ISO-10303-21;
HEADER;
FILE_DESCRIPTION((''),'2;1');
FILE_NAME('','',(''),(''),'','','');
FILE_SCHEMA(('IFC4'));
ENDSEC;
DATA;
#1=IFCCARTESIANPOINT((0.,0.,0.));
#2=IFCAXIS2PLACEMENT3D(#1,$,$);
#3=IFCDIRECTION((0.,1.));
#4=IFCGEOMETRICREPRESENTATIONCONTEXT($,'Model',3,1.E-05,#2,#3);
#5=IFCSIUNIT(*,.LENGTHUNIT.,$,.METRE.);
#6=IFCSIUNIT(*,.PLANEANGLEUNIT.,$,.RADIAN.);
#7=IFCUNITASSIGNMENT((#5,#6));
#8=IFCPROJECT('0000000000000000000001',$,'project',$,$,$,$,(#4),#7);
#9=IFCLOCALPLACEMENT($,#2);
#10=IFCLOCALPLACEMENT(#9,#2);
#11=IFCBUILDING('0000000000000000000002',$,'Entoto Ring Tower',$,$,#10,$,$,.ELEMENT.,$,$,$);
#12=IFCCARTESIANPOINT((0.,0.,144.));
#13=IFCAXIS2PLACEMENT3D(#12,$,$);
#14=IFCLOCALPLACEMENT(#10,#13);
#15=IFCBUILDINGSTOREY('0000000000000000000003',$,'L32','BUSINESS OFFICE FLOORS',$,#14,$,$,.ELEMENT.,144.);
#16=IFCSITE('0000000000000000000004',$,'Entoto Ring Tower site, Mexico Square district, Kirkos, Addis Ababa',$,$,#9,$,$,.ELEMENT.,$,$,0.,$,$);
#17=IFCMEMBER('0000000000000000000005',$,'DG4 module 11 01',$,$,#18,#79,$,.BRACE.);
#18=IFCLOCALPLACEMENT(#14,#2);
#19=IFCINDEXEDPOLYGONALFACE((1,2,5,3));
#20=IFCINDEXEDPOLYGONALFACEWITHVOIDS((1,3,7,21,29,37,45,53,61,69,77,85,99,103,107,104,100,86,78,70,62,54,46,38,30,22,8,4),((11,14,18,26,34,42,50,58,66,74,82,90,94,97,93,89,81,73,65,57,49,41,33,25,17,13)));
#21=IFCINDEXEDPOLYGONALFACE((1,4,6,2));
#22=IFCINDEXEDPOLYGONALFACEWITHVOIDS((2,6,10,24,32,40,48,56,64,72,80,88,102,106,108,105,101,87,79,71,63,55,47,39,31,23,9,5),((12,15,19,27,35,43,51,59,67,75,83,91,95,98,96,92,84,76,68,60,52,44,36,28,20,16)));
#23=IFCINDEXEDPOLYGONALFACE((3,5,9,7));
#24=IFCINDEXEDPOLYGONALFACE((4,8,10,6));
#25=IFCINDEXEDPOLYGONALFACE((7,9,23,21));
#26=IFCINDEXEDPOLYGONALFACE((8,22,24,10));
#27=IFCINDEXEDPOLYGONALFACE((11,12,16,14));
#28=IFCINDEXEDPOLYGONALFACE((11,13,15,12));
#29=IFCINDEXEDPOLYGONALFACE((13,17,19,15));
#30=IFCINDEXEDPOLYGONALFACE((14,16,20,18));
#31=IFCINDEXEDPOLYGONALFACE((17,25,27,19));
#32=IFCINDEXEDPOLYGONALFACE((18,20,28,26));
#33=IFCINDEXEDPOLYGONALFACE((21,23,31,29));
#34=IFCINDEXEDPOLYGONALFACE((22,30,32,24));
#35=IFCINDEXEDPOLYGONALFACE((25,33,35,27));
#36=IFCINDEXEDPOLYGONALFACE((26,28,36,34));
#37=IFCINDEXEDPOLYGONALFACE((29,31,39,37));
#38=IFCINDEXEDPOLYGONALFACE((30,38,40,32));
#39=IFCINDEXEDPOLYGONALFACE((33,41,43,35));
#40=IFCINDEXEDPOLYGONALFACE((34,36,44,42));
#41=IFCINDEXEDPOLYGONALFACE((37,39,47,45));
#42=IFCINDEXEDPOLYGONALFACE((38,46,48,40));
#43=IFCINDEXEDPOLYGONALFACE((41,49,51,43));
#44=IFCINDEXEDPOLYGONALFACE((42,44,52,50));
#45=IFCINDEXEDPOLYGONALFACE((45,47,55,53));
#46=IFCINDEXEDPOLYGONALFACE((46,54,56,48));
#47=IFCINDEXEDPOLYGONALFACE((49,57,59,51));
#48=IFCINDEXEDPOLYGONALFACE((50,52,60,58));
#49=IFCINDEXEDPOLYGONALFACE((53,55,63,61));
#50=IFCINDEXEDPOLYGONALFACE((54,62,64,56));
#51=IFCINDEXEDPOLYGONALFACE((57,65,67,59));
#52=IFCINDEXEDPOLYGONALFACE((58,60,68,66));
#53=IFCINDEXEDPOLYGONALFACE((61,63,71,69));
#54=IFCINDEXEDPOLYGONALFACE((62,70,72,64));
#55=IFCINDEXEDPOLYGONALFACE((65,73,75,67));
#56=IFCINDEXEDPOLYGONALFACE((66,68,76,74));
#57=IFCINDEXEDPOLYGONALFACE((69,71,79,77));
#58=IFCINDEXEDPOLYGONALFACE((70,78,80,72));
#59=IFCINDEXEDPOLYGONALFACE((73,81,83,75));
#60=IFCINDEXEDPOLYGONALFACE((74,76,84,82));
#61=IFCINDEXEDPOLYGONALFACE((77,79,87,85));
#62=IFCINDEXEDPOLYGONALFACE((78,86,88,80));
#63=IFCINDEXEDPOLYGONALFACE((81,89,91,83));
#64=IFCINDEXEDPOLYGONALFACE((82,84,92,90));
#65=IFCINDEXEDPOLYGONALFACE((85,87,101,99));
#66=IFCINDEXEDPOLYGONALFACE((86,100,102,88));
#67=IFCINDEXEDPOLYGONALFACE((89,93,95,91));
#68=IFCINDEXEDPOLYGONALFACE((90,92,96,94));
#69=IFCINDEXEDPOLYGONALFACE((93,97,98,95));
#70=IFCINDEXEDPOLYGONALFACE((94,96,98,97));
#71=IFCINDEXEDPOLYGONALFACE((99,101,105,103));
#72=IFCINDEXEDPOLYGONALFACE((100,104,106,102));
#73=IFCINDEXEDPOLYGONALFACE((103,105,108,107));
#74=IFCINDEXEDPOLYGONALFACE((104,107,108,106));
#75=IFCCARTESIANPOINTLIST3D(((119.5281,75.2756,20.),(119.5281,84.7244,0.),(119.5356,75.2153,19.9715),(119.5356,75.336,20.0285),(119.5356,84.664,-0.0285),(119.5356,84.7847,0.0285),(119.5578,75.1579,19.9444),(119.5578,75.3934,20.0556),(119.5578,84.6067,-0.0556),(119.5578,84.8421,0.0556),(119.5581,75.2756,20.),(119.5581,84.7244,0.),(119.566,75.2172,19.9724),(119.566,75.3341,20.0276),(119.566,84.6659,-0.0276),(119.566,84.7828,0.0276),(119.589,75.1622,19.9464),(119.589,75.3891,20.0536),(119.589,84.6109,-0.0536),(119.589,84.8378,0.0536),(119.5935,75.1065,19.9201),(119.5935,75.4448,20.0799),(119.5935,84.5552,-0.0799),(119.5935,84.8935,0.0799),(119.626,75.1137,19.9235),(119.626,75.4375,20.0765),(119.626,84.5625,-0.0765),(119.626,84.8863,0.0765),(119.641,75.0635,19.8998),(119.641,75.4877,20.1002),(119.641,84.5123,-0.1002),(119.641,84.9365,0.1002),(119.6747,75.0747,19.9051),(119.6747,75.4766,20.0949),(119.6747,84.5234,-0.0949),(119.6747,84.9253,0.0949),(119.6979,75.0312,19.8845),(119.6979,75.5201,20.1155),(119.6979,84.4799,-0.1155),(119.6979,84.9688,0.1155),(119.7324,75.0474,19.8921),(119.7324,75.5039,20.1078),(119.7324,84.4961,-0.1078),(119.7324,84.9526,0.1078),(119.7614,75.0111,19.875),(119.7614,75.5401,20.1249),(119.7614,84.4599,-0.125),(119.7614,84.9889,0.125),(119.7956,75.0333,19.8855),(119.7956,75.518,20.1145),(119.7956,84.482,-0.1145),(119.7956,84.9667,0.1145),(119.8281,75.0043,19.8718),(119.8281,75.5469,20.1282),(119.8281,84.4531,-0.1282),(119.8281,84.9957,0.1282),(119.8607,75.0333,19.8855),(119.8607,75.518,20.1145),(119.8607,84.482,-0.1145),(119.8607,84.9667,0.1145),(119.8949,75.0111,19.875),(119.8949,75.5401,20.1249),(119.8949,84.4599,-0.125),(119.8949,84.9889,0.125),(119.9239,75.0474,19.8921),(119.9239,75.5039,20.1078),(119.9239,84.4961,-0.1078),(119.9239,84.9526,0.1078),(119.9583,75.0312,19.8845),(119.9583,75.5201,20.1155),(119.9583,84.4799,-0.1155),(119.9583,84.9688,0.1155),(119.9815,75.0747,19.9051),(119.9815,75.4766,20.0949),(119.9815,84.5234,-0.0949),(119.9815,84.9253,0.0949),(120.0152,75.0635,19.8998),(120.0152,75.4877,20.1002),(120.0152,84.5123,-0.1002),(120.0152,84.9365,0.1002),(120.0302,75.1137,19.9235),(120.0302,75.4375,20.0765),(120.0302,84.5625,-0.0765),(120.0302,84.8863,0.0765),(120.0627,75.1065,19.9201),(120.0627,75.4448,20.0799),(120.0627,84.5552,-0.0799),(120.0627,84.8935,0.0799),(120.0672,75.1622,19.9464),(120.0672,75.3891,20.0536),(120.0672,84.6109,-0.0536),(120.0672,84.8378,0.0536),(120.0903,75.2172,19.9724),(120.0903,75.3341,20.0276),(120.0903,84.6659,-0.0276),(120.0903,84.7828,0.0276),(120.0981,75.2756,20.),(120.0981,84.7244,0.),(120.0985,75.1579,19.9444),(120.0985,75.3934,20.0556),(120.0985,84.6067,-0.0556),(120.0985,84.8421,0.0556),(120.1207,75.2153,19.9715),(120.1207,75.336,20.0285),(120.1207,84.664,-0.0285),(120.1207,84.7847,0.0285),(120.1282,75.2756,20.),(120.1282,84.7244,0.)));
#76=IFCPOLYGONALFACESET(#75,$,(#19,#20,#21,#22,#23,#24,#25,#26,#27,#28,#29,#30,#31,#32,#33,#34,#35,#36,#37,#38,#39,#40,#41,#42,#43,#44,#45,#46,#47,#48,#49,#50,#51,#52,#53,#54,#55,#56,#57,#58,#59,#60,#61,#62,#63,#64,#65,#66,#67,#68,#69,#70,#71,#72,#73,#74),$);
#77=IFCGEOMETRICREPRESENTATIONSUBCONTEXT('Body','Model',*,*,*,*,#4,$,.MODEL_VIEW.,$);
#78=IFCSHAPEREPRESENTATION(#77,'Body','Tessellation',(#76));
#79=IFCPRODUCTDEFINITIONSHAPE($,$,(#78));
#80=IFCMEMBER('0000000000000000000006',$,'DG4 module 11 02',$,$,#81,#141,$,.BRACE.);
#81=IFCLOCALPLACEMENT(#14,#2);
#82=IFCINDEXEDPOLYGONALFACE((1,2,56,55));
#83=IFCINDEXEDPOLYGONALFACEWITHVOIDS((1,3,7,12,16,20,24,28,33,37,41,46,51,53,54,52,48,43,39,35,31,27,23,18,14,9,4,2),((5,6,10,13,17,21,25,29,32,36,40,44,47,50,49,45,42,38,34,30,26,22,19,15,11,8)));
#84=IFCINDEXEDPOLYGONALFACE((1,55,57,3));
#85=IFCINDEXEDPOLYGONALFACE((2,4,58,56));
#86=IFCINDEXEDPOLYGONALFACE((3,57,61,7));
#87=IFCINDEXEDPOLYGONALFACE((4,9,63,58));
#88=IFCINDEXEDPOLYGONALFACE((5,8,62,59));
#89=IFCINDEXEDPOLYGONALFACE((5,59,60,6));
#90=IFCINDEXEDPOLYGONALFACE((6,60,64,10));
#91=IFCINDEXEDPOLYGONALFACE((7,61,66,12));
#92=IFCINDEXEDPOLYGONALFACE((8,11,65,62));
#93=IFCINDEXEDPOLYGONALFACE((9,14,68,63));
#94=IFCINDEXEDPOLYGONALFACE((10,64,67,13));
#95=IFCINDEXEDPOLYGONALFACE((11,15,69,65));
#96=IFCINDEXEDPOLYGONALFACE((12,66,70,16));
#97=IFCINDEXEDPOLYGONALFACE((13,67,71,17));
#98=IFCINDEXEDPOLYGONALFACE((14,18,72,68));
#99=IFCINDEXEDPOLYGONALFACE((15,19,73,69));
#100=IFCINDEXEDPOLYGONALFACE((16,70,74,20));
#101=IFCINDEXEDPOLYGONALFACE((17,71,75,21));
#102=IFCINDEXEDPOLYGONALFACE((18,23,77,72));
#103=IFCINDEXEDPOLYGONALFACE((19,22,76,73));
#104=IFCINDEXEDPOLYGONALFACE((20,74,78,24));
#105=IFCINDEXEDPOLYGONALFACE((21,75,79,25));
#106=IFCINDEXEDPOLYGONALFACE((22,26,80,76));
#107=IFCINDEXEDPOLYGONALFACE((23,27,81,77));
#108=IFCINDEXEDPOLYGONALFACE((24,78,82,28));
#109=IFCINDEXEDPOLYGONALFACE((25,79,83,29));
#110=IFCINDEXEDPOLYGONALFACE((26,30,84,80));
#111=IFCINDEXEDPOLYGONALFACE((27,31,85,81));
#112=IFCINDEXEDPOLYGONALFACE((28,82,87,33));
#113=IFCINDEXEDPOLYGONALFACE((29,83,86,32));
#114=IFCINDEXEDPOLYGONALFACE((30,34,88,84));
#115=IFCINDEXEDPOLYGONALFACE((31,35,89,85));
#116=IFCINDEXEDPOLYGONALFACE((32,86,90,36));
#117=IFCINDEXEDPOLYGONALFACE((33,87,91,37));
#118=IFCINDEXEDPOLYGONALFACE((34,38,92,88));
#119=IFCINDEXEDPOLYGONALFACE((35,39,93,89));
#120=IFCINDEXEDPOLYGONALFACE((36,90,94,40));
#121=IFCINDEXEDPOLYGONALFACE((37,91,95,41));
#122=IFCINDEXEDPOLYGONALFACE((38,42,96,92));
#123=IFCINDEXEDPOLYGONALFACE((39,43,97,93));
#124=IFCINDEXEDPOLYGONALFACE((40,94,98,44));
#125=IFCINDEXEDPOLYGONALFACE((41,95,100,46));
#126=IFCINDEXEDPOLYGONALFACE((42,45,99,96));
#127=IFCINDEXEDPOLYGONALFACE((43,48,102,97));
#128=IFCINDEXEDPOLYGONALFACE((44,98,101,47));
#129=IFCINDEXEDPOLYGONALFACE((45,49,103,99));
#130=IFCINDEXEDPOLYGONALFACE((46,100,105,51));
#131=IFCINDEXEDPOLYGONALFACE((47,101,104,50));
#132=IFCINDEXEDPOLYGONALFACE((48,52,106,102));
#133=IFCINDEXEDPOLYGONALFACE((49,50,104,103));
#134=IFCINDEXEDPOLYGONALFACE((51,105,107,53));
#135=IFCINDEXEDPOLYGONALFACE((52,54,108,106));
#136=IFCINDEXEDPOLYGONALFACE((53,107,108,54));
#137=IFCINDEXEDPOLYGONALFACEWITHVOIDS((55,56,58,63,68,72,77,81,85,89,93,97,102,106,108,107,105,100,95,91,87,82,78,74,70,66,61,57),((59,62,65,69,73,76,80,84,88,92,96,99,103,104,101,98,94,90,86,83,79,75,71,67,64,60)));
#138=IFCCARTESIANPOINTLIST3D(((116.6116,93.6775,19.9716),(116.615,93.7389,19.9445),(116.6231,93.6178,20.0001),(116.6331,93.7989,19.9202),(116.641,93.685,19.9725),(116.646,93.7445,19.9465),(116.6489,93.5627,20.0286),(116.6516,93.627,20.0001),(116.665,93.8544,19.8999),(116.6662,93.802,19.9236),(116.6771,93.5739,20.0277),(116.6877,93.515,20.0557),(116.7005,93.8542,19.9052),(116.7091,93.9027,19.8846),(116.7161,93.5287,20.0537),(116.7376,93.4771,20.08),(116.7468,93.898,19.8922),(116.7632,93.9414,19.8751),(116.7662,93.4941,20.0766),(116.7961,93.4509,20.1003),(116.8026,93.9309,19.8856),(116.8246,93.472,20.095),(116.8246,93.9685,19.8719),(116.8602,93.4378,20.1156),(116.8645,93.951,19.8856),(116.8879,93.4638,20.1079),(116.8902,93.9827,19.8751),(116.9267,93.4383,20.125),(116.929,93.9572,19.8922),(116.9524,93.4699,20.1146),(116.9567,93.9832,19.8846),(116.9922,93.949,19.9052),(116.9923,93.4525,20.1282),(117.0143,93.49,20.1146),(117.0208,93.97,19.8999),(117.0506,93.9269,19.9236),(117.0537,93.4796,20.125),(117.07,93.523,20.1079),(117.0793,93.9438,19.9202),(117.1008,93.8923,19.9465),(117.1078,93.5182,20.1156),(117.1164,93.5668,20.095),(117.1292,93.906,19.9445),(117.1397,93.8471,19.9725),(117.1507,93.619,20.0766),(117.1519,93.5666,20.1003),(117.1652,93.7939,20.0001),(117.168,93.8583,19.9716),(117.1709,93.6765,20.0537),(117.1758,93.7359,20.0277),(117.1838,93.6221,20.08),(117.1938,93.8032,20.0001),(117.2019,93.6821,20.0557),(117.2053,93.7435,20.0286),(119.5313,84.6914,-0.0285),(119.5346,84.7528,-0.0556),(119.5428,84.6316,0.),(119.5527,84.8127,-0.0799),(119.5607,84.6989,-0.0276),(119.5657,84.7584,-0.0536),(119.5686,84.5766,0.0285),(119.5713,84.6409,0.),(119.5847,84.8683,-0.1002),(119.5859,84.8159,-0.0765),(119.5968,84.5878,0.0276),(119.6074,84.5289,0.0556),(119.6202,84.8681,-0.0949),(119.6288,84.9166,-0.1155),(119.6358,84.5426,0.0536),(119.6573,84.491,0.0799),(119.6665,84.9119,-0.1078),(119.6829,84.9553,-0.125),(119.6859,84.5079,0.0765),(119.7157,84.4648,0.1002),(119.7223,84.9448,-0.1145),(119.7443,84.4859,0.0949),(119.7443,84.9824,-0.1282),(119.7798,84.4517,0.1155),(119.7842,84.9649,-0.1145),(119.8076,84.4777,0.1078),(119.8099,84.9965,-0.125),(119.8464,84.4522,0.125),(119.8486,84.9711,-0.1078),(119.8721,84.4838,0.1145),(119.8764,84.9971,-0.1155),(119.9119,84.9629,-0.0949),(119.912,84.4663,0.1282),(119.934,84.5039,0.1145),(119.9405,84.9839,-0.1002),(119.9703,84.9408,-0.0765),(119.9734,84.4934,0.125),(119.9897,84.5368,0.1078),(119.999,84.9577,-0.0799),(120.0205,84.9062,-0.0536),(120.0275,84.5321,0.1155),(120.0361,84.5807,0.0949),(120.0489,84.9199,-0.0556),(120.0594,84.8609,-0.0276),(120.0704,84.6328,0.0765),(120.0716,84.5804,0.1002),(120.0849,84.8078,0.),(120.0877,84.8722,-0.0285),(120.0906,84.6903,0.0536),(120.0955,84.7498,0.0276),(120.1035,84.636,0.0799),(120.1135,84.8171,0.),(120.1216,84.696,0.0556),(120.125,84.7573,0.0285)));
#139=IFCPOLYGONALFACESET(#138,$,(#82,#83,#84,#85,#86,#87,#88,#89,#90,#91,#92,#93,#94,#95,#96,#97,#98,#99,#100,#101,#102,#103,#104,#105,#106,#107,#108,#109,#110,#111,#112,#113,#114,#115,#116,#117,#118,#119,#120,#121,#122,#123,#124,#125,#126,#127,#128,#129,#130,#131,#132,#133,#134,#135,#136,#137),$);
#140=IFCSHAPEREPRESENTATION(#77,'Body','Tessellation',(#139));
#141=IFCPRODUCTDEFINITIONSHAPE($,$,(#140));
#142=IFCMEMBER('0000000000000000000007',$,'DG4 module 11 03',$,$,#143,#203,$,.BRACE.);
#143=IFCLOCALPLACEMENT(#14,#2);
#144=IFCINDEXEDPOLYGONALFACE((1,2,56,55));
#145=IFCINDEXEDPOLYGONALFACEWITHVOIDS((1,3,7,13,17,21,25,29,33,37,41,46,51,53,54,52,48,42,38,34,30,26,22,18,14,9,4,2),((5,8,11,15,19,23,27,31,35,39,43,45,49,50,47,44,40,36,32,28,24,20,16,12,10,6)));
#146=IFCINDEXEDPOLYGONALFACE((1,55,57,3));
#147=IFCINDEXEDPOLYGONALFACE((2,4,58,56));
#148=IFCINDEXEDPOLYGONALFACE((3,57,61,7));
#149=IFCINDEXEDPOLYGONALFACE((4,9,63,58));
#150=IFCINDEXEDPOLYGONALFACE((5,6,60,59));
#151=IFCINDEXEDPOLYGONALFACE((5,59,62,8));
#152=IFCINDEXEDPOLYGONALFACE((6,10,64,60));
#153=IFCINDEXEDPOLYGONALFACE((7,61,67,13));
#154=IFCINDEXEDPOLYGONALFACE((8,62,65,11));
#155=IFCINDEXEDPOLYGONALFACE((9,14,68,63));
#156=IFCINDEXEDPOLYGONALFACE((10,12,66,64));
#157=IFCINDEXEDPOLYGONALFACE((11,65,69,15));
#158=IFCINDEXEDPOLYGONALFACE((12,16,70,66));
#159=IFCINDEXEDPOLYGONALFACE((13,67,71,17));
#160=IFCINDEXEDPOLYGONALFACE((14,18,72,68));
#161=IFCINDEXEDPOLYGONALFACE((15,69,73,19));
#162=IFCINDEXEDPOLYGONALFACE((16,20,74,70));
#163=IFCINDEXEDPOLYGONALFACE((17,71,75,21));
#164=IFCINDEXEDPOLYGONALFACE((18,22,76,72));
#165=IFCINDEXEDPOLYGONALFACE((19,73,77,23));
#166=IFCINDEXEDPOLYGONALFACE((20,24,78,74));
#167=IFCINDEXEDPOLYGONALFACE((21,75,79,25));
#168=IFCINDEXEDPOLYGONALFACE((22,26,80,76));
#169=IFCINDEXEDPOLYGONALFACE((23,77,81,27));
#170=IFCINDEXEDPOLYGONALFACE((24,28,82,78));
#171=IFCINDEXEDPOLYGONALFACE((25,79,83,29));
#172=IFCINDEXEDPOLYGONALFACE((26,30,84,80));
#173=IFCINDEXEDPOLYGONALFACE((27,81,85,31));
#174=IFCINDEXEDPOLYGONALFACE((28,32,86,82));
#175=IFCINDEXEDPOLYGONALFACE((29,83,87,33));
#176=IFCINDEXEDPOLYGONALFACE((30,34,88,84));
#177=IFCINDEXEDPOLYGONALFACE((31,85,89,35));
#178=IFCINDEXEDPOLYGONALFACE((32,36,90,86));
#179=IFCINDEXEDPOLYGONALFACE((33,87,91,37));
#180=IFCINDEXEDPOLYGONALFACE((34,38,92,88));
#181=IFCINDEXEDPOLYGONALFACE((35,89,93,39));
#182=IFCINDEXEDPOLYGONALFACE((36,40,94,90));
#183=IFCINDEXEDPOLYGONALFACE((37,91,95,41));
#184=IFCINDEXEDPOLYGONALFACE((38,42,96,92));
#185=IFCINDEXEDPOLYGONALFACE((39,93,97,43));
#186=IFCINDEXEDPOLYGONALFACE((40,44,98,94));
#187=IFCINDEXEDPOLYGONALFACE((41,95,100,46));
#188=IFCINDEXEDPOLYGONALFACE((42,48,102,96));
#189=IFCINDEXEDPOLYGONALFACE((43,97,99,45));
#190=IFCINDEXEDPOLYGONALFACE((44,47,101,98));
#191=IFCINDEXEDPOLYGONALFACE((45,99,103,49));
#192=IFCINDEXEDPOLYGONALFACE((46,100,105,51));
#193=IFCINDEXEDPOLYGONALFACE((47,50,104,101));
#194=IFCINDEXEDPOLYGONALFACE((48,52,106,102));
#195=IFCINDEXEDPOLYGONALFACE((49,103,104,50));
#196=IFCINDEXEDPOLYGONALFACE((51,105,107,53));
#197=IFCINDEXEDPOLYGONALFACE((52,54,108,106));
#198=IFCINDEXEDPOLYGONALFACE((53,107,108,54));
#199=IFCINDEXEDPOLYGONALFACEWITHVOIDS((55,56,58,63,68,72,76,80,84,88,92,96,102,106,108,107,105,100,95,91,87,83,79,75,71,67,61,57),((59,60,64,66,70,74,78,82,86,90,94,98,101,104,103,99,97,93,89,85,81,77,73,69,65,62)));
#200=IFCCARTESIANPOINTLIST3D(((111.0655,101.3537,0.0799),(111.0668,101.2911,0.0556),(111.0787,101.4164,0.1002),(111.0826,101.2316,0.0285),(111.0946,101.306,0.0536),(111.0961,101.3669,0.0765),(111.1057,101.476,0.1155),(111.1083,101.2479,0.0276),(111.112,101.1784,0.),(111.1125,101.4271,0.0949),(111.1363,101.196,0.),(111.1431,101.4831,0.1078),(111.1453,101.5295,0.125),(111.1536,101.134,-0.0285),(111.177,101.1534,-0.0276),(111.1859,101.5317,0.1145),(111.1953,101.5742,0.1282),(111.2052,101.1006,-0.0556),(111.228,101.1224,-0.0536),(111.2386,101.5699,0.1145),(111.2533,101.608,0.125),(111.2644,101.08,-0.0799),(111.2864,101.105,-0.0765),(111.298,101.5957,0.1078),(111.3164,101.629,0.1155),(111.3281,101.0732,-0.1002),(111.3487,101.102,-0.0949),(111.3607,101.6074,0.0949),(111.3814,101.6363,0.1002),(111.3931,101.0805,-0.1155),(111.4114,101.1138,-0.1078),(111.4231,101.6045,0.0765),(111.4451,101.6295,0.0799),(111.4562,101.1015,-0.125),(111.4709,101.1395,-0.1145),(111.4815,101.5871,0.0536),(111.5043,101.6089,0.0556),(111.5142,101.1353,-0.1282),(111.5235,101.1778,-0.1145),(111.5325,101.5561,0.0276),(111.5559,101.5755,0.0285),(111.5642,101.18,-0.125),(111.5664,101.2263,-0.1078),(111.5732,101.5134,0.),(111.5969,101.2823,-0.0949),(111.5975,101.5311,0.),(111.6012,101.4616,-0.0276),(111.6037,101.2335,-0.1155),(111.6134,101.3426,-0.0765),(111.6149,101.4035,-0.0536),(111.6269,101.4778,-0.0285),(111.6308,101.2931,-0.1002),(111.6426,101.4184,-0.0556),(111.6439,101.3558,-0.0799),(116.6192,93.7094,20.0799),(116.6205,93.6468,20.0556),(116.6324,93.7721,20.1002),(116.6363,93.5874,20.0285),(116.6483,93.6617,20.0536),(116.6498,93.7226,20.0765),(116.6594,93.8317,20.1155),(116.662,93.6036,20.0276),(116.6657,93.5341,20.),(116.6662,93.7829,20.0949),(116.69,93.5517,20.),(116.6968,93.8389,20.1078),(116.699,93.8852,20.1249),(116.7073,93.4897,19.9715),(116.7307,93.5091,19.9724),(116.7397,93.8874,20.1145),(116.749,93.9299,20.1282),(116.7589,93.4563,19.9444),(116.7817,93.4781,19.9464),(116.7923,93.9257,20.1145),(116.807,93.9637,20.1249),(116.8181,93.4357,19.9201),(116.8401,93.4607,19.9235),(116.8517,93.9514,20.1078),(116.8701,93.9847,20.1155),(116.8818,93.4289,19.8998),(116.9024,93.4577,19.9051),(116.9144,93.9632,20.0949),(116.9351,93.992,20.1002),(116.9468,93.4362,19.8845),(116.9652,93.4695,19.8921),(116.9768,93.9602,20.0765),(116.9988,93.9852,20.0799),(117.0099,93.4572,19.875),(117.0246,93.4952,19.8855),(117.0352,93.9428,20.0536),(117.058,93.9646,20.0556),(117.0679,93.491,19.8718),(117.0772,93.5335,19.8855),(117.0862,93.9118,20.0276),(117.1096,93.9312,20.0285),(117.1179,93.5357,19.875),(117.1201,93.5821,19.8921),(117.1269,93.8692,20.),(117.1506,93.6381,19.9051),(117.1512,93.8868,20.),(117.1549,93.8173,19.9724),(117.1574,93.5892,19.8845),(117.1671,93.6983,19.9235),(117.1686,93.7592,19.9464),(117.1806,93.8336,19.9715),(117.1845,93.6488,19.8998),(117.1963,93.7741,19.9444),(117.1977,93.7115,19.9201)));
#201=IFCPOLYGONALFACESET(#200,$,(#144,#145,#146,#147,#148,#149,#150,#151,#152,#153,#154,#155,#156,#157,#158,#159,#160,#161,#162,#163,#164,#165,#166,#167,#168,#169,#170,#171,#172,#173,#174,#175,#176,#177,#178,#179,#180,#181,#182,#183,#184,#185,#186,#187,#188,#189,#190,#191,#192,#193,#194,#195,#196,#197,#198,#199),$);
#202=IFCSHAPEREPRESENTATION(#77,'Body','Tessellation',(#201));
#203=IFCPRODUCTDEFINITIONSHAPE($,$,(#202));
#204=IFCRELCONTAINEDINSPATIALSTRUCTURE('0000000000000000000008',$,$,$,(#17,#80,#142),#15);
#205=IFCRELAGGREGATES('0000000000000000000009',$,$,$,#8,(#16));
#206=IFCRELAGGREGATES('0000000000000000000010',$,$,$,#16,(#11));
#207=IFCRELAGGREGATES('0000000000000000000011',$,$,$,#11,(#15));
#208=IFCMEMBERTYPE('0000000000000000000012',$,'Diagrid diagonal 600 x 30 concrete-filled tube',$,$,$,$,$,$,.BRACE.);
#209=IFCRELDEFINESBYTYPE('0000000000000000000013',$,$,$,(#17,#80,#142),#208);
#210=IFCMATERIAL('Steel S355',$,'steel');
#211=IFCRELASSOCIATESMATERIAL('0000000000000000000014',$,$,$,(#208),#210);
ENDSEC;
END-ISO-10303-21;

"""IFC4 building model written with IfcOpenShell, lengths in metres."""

from ifc_helpers import new_model, si_unit, direction, frame, origin, origin_2d, place, context, subcontext, project, spatial, circle, hollow_circle, extrude, material, material_profile, profile_set, type_object, element, save


model = new_model("IFC4")

# Units and contexts
model_context = context("Model", 3, precision=1e-05, world=origin(), true_north=direction((0.0, 1.0)))
body_context = subcontext(model_context, "Body", "Model", "MODEL_VIEW")
ifc_project = project(units=[si_unit("LENGTHUNIT", "METRE"), si_unit("PLANEANGLEUNIT", "RADIAN")], contexts=[model_context])

# Site, building, storey
site_placement = place(None, origin())
site = spatial("IfcSite", under=ifc_project, at=site_placement, Name="Entoto Ring Tower site, Mexico Square district, Kirkos, Addis Ababa", CompositionType="ELEMENT", RefElevation=0.0)
building_placement = place(site_placement, origin())
building = spatial("IfcBuilding", under=site, at=building_placement, Name="Entoto Ring Tower", CompositionType="ELEMENT")
storey_placement = place(building_placement, frame((0.0, 0.0, 144.0)))
storey = spatial("IfcBuildingStorey", under=building, at=storey_placement, Name="L32", Description="BUSINESS OFFICE FLOORS", CompositionType="ELEMENT", Elevation=144.0)

# Members
ifc_material_1 = material(Name="Steel S355", Category="steel")
ifc_material_profile_1 = material_profile(ifc_material_1, hollow_circle(Radius=0.3, WallThickness=0.03, at=origin_2d()), Name="CHS 600 x 30")
ifc_material_2 = material(Name="Concrete C60/75", Category="concrete")
ifc_material_profile_2 = material_profile(ifc_material_2, circle(Radius=0.27, at=origin_2d()), Name="Concrete C60/75 infill")
ifc_profile_set_1 = profile_set([ifc_material_profile_1, ifc_material_profile_2], Name="Steel S355")
member_type_1 = type_object("IfcMemberType", Name="Diagrid diagonal 600 x 30 concrete-filled tube", PredefinedType="BRACE", material=ifc_profile_set_1)
for number, where, z_axis, x_axis, name in (
    (1, (119.8281, 84.7244, 0.0), (0.0, -0.427165, 0.904174), (1.0, 0.0, 0.0), "DG4 module 11 01"),
    (2, (119.8281, 84.7244, 0.0), (-0.131995, 0.406251, 0.904178), (-0.951059, -0.30901, 0.0), "DG4 module 11 02"),
    (3, (111.3547, 101.3547, 0.0), (0.251076, -0.345588, 0.904174), (0.809026, 0.587772, 0.0), "DG4 module 11 03"),
):
    element("IfcMember", number, at=place(storey_placement, frame(where, z_axis=z_axis, x_axis=x_axis)), inside=storey, type_object=member_type_1, Name=name, PredefinedType="BRACE", context=body_context, shape_type="SweptSolid", body=[
        extrude(hollow_circle(Radius=0.3, WallThickness=0.03, at=origin_2d()), origin(), (0.0, 0.0, 1.0), 22.1196),
    ])

save(model, "model.ifc")
